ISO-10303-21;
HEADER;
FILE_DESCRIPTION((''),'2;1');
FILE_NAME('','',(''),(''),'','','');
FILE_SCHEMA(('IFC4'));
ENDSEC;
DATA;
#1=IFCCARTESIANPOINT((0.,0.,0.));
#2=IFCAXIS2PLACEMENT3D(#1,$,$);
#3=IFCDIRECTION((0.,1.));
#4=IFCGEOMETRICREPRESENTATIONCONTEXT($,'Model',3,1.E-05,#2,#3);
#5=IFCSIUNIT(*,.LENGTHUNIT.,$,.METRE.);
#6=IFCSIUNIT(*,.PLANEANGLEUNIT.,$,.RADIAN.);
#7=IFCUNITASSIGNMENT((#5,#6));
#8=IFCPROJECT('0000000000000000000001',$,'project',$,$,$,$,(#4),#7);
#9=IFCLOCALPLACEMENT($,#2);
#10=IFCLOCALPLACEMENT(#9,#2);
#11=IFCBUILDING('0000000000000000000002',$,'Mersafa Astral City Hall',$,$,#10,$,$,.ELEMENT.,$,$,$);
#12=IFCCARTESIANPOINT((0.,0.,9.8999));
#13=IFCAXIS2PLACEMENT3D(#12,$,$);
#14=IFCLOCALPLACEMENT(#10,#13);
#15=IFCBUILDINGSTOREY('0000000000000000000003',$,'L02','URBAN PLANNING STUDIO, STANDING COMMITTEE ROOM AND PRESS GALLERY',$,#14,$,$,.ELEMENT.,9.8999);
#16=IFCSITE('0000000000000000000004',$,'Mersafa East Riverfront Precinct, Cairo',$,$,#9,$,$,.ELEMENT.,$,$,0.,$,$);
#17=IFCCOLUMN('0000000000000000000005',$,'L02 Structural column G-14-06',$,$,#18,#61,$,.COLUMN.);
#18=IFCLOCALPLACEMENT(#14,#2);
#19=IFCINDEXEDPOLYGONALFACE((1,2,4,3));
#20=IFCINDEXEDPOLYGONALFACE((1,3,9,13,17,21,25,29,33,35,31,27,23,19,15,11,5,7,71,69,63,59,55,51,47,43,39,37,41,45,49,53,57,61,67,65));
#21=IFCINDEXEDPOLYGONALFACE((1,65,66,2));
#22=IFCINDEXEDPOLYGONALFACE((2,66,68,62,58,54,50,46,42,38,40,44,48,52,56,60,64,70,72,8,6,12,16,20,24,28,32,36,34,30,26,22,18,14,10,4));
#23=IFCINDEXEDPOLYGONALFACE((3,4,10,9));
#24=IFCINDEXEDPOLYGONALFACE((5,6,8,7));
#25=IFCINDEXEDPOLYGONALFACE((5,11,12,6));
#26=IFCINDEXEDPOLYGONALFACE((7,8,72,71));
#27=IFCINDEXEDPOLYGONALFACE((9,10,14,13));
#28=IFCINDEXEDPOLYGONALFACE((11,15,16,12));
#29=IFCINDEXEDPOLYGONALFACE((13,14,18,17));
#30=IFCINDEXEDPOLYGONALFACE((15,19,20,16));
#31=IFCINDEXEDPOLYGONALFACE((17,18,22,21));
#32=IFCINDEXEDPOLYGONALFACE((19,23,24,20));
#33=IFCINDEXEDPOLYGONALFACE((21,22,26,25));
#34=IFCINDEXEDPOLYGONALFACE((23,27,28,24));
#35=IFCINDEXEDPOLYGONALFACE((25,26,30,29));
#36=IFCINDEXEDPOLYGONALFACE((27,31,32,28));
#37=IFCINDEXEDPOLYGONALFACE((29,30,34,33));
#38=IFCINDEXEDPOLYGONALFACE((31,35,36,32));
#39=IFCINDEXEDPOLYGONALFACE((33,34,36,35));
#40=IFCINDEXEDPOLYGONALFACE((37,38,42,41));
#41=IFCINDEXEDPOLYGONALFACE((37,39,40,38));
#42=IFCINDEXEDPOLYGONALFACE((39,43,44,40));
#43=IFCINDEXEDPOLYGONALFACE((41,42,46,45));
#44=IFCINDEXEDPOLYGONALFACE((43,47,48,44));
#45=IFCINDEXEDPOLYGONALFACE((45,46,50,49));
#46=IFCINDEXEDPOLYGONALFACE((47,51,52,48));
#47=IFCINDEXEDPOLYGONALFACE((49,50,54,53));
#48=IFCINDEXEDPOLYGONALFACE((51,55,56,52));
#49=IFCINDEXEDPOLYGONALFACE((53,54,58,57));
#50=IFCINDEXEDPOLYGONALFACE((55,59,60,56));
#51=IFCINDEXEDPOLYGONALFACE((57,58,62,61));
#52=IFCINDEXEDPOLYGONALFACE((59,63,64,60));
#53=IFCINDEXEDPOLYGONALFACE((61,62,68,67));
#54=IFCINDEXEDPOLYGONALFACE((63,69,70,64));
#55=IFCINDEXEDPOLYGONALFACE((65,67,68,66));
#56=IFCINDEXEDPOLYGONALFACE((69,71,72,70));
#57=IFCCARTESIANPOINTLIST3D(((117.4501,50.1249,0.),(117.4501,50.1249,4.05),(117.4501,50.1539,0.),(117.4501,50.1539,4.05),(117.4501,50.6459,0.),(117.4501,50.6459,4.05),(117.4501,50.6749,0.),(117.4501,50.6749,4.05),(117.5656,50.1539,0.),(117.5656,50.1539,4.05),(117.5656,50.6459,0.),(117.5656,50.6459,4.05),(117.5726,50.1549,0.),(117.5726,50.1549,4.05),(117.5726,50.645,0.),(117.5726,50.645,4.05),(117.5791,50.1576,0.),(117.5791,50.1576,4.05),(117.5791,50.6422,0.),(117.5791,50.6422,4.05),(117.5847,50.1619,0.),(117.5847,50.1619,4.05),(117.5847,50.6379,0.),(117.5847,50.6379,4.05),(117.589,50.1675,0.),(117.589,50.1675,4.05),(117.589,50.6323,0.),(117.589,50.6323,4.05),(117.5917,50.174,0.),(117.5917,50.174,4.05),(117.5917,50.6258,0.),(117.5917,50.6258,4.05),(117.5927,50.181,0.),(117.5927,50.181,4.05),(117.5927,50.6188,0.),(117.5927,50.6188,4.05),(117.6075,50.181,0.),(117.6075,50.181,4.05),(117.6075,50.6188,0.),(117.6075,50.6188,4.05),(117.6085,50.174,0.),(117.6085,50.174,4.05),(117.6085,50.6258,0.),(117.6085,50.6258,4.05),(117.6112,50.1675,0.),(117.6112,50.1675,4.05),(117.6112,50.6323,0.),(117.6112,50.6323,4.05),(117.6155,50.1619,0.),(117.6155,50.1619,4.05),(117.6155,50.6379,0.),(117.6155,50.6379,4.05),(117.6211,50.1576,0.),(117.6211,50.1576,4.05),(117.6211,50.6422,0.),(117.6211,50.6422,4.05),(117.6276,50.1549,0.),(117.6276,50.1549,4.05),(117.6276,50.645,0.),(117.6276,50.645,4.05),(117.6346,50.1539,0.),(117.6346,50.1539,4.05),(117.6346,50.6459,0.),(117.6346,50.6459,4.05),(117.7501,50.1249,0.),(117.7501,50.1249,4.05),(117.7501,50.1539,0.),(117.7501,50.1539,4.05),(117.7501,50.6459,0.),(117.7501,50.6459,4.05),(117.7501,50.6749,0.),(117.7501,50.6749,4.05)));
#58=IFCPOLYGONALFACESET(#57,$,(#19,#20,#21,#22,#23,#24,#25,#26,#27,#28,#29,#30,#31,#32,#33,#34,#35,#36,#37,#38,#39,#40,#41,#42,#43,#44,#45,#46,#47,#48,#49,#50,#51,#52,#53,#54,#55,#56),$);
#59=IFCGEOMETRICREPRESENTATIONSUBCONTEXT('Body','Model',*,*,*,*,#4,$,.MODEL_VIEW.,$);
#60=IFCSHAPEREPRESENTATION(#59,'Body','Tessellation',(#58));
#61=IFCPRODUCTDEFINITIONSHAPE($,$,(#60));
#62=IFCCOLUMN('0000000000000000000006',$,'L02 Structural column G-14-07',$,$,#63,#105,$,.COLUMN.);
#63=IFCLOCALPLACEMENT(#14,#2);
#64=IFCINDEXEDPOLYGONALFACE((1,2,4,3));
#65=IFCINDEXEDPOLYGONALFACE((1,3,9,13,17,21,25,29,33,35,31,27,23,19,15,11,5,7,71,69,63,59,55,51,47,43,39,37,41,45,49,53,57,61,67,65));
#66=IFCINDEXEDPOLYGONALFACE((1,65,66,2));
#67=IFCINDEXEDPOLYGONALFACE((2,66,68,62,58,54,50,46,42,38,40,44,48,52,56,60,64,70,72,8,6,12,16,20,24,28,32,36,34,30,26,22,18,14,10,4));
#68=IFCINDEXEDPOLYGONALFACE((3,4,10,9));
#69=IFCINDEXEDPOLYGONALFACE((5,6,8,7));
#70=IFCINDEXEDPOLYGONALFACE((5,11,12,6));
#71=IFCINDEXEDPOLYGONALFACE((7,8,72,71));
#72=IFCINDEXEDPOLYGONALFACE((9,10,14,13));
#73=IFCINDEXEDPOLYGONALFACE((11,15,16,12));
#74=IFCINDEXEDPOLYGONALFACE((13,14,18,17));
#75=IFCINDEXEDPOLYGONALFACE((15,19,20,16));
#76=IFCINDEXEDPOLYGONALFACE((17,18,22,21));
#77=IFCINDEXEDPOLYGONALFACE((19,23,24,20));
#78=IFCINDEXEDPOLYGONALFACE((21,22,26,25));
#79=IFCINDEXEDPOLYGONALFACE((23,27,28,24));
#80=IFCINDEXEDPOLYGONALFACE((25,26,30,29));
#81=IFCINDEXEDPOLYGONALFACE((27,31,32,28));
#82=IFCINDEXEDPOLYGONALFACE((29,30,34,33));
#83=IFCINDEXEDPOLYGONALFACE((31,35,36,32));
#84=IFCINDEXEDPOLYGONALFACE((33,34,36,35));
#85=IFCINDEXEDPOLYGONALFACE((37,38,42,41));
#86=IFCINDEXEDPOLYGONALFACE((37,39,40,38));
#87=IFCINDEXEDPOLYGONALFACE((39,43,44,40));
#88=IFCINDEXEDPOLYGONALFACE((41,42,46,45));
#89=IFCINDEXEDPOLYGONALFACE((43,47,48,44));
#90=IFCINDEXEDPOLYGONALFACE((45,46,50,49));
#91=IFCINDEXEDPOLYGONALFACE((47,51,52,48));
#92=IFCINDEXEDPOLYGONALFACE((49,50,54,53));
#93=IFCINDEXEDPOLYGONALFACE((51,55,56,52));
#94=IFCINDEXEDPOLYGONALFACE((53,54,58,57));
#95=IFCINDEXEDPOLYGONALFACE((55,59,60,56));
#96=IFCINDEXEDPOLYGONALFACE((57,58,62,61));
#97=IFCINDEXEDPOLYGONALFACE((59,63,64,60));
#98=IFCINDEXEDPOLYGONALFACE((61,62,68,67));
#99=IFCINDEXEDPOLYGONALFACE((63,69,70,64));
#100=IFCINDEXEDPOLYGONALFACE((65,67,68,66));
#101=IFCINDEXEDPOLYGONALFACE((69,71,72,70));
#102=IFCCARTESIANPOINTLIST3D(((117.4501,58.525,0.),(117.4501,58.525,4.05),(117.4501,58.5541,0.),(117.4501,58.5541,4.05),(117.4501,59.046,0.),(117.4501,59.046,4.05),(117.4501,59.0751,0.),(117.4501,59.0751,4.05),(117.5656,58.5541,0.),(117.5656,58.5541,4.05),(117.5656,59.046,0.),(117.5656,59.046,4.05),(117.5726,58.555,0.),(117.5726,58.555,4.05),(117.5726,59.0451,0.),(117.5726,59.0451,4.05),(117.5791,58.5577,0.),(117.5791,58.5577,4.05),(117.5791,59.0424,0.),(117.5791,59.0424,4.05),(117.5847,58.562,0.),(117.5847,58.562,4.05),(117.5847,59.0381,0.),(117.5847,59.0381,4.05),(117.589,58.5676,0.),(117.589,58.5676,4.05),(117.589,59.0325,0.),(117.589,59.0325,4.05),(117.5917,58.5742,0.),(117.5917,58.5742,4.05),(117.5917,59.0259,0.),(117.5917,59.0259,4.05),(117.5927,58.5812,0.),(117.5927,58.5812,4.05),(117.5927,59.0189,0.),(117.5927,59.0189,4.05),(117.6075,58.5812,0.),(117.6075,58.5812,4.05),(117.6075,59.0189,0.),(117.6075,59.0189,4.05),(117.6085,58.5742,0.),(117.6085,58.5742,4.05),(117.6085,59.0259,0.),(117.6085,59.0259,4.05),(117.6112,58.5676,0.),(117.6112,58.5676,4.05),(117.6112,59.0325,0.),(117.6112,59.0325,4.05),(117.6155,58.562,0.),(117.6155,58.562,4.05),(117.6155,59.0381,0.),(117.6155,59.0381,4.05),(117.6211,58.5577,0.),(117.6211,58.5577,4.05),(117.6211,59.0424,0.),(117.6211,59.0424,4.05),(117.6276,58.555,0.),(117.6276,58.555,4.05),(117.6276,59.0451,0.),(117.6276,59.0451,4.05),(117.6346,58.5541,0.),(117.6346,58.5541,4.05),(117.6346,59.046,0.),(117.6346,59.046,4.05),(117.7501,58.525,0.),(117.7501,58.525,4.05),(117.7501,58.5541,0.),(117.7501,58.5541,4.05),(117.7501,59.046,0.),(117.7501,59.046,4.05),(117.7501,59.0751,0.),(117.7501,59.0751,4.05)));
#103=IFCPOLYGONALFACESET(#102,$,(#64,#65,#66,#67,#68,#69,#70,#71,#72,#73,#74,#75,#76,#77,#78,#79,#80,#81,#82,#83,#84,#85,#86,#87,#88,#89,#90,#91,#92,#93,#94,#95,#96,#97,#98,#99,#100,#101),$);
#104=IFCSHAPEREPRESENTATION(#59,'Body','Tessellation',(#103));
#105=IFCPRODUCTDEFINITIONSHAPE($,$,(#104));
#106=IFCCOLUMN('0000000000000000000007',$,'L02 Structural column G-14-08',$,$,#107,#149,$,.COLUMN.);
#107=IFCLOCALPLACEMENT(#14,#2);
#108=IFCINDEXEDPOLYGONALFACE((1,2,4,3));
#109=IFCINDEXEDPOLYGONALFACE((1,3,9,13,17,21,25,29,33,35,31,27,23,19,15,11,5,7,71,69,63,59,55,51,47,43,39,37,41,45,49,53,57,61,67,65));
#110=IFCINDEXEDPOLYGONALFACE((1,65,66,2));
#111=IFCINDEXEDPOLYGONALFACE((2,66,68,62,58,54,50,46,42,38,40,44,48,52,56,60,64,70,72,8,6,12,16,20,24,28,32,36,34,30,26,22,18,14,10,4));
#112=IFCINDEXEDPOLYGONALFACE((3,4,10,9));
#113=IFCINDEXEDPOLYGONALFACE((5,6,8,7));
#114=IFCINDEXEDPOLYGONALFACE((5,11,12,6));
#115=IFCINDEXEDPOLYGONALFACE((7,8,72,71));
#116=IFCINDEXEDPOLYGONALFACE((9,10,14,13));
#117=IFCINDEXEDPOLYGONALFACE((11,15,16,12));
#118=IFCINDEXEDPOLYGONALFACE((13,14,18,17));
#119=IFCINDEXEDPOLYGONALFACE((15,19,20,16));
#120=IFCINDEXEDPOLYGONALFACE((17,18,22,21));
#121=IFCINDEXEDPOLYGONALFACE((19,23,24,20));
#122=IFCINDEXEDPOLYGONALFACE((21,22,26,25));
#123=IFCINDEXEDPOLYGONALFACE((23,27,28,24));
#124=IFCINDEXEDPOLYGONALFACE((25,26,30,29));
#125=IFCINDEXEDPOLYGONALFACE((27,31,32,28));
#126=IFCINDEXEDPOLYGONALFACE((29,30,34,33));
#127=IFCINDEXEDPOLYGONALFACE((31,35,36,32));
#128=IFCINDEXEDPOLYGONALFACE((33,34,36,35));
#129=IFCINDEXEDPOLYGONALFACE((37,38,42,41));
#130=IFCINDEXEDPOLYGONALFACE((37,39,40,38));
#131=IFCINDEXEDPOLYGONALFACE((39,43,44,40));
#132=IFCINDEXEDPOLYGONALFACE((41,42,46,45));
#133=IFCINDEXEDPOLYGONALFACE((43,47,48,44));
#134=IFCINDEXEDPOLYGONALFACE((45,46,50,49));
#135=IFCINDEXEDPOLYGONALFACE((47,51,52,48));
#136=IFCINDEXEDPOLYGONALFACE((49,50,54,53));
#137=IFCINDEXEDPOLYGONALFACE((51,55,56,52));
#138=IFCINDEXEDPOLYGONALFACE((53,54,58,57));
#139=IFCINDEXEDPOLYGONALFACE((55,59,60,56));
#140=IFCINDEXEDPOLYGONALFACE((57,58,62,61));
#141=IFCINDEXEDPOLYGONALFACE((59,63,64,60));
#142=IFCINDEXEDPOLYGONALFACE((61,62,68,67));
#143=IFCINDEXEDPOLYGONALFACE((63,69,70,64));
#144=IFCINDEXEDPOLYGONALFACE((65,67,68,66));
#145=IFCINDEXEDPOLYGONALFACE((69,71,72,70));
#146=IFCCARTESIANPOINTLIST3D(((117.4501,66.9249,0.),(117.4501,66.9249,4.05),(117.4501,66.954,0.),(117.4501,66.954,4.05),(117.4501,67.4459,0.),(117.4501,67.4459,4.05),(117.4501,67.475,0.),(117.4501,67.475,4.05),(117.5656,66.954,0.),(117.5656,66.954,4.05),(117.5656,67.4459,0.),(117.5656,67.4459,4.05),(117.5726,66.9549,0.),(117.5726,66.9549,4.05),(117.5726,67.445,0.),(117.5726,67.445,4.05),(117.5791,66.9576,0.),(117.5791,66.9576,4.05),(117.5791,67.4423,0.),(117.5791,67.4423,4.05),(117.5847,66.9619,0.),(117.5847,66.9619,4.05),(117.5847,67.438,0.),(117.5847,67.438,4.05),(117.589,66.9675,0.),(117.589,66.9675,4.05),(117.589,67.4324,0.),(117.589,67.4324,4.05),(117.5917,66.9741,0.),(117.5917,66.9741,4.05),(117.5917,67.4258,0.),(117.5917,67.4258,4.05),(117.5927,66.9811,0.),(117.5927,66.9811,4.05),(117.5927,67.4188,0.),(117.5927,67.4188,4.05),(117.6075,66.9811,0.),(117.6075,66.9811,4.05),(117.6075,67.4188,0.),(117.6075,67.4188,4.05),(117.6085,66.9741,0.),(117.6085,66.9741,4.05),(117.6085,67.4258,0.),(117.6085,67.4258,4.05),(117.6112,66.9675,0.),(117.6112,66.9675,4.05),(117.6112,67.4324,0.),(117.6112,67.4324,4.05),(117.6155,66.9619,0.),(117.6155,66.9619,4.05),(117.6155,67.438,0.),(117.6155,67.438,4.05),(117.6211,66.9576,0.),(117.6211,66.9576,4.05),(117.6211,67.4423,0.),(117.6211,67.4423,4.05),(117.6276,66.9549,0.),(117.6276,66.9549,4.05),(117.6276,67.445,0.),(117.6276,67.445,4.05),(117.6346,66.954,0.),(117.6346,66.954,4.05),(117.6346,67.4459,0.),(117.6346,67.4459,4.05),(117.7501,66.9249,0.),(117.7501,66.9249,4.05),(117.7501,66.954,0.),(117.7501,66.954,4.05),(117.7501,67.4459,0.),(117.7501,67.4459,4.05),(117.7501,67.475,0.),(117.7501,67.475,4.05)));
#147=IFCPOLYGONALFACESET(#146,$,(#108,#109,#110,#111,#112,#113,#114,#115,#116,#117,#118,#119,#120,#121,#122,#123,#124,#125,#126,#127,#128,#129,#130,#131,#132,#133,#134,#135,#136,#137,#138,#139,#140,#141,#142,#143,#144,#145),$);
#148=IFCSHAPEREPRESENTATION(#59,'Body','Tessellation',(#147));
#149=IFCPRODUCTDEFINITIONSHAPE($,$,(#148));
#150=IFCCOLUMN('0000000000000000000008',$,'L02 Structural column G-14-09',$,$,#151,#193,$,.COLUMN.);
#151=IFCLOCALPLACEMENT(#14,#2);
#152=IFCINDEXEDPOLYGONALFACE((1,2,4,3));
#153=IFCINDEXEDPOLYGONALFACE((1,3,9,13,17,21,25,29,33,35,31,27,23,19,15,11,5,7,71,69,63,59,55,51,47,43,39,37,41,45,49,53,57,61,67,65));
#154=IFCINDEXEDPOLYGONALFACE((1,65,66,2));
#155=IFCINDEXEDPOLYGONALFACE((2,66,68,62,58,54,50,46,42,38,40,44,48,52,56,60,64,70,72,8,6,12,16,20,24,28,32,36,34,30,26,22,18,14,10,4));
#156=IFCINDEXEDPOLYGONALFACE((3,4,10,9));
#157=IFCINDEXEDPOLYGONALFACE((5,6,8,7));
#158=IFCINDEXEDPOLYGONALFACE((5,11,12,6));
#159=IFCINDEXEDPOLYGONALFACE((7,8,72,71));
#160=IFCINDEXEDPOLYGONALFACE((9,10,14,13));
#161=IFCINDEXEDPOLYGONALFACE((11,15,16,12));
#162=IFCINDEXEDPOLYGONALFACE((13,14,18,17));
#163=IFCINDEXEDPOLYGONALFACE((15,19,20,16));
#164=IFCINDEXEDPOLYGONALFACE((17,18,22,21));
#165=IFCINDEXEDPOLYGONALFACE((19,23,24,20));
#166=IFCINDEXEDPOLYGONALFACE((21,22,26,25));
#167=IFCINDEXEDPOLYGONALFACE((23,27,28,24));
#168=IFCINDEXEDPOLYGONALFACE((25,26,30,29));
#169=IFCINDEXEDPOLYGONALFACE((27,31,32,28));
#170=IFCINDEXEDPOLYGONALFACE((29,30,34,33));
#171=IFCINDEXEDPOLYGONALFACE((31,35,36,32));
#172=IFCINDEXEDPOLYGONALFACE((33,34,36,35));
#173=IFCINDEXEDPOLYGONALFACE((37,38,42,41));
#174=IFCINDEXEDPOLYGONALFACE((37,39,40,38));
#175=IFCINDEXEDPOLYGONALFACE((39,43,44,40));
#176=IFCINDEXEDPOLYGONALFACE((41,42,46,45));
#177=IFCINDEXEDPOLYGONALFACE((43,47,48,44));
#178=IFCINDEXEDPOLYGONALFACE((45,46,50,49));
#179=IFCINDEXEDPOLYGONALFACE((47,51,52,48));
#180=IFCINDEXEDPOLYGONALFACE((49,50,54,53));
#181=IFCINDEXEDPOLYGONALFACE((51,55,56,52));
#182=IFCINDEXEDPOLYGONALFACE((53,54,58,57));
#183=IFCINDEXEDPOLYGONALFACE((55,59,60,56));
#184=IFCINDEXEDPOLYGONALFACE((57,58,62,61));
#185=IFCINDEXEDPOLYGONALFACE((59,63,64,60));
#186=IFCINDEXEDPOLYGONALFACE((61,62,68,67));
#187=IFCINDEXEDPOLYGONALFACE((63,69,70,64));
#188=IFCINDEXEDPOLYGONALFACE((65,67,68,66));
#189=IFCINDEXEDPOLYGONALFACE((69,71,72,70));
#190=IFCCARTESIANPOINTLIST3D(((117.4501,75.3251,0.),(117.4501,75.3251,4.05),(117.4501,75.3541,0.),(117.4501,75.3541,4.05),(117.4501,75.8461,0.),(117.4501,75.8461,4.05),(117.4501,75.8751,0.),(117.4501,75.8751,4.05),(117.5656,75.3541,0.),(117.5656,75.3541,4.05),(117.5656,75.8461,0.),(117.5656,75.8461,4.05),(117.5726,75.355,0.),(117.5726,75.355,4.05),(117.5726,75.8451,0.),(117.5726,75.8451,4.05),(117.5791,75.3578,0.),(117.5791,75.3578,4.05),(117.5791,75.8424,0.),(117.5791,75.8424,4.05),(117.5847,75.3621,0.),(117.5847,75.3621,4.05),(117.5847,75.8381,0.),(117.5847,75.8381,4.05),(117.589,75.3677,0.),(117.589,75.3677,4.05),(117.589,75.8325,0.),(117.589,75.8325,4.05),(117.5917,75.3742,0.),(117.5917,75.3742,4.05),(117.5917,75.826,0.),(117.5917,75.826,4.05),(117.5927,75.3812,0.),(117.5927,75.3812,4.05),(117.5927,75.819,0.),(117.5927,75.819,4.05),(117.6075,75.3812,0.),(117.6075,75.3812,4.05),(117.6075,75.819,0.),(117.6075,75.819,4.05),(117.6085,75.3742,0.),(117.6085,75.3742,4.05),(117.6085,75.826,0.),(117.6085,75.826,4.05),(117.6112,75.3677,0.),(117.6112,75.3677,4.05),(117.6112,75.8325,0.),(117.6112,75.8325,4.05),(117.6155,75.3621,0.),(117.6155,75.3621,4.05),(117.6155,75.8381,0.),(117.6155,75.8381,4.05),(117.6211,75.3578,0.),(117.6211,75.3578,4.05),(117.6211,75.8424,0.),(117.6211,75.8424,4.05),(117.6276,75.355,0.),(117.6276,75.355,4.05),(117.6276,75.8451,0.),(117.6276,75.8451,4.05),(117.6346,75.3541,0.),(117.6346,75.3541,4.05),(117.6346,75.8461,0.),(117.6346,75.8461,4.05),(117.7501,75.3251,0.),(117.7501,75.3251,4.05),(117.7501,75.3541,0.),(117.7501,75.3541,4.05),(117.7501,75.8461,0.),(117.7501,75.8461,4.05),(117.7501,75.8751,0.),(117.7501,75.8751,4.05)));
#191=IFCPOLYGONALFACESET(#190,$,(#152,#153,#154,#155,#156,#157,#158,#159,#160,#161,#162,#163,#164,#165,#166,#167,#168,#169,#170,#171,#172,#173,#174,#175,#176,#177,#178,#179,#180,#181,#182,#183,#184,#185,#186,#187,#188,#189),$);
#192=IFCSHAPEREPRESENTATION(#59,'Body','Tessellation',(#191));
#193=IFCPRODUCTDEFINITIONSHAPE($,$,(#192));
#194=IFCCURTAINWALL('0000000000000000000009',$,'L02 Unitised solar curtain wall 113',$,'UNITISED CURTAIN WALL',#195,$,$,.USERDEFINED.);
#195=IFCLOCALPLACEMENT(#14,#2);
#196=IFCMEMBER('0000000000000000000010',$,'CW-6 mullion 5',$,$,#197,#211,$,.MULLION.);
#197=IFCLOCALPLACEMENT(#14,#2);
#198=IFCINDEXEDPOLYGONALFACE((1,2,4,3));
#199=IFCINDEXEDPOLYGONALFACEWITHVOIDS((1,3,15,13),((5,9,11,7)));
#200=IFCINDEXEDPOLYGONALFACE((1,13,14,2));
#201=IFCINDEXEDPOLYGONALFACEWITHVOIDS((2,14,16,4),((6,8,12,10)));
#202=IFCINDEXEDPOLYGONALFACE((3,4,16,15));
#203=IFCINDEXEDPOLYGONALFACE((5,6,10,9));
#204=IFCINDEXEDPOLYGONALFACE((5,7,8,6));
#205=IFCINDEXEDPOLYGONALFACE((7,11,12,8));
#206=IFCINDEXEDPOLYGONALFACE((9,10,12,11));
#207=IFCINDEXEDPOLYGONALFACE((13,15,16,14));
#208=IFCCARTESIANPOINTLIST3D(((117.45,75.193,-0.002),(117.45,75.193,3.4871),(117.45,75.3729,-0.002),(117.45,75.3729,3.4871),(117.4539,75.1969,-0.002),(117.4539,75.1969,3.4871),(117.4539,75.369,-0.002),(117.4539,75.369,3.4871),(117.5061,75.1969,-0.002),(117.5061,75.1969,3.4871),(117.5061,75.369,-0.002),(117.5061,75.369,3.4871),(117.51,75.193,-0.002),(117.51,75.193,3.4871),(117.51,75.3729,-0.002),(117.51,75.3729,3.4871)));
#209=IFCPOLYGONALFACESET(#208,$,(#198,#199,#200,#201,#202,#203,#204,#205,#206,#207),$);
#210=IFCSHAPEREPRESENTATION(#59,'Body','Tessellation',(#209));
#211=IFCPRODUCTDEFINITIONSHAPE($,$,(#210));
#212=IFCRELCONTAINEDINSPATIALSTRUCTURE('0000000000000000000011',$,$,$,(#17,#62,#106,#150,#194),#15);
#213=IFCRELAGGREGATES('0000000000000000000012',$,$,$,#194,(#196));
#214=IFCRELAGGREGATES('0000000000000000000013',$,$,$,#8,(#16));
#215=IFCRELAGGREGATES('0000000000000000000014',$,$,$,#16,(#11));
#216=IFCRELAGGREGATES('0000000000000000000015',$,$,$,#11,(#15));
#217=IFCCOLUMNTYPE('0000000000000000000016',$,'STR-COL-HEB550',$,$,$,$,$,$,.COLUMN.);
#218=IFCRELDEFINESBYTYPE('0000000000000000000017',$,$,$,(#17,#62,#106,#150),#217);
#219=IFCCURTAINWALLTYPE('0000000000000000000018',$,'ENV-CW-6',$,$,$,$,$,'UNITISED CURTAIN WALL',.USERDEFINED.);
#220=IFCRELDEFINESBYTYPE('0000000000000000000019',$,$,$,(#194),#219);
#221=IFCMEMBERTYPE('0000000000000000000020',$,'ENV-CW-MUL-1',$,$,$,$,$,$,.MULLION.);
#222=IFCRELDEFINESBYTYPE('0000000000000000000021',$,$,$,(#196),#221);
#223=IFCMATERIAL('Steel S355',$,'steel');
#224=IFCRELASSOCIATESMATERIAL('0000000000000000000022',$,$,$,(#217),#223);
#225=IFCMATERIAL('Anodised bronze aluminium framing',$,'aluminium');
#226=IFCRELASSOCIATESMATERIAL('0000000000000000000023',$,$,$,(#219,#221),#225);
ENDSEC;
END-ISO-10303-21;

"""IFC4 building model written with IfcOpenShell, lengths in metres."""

from ifc_helpers import new_model, si_unit, direction, frame, origin, origin_2d, place, context, subcontext, project, spatial, hollow_rectangle, i_section, extrude, material, material_profile, profile_set, type_object, element, aggregate, save


model = new_model("IFC4")

# Units and contexts
model_context = context("Model", 3, precision=1e-05, world=origin(), true_north=direction((0.0, 1.0)))
body_context = subcontext(model_context, "Body", "Model", "MODEL_VIEW")
ifc_project = project(units=[si_unit("LENGTHUNIT", "METRE"), si_unit("PLANEANGLEUNIT", "RADIAN")], contexts=[model_context])

# Site, building, storey
site_placement = place(None, origin())
site = spatial("IfcSite", under=ifc_project, at=site_placement, Name="Mersafa East Riverfront Precinct, Cairo", CompositionType="ELEMENT", RefElevation=0.0)
building_placement = place(site_placement, origin())
building = spatial("IfcBuilding", under=site, at=building_placement, Name="Mersafa Astral City Hall", CompositionType="ELEMENT")
storey_placement = place(building_placement, frame((0.0, 0.0, 9.8999)))
storey = spatial("IfcBuildingStorey", under=building, at=storey_placement, Name="L02", Description="URBAN PLANNING STUDIO, STANDING COMMITTEE ROOM AND PRESS GALLERY", CompositionType="ELEMENT", Elevation=9.8999)

# Columns
ifc_material_1 = material(Name="Steel S355", Category="steel")
ifc_material_profile_1 = material_profile(ifc_material_1, i_section(OverallWidth=0.3, OverallDepth=0.55, WebThickness=0.0149, FlangeThickness=0.0291, FilletRadius=0.0271, at=origin_2d()), Name="HEB 550")
ifc_profile_set_1 = profile_set([ifc_material_profile_1], Name="Steel S355")
column_type = type_object("IfcColumnType", Name="STR-COL-HEB550", PredefinedType="COLUMN", material=ifc_profile_set_1)
for number, where, z_axis, x_axis, name in (
    (1, (117.6001, 50.3999, 0.0), (0.0, 0.0, 1.0), (1.0, 0.0, 0.0), "L02 Structural column G-14-06"),
    (2, (117.6001, 58.8, 0.0), (0.0, 0.0, 1.0), (1.0, 0.0, 0.0), "L02 Structural column G-14-07"),
    (3, (117.6001, 67.2, 0.0), (0.0, 0.0, 1.0), (1.0, 0.0, 0.0), "L02 Structural column G-14-08"),
    (4, (117.6001, 75.6001, 0.0), (0.0, 0.0, 1.0), (1.0, 0.0, 0.0), "L02 Structural column G-14-09"),
):
    element("IfcColumn", number, at=place(storey_placement, frame(where, z_axis=z_axis, x_axis=x_axis)), inside=storey, type_object=column_type, Name=name, PredefinedType="COLUMN", context=body_context, shape_type="SweptSolid", body=[
        extrude(i_section(OverallWidth=0.3, OverallDepth=0.55, WebThickness=0.0149, FlangeThickness=0.0291, FilletRadius=0.0271, at=origin_2d()), origin(), (0.0, 0.0, 1.0), 4.05),
    ])

# Curtain wall, member
ifc_material_2 = material(Name="Anodised bronze aluminium framing", Category="aluminium")
curtain_wall_type_1 = type_object("IfcCurtainWallType", Name="ENV-CW-6", ElementType="UNITISED CURTAIN WALL", PredefinedType="USERDEFINED", material=ifc_material_2)
curtain_wall_1_placement = place(storey_placement, origin())
curtain_wall_1 = element("IfcCurtainWall", 5, at=curtain_wall_1_placement, inside=storey, type_object=curtain_wall_type_1, Name="L02 Unitised solar curtain wall 113", ObjectType="UNITISED CURTAIN WALL", PredefinedType="USERDEFINED")
ifc_material_profile_2 = material_profile(ifc_material_2, hollow_rectangle(XDim=0.0601, YDim=0.1799, WallThickness=0.0039, at=origin_2d()), Name="RHS 60x180x4")
ifc_profile_set_2 = profile_set([ifc_material_profile_2], Name="Anodised bronze aluminium framing")
member_type_1 = type_object("IfcMemberType", Name="ENV-CW-MUL-1", PredefinedType="MULLION", material=ifc_profile_set_2)
member_1_placement = place(storey_placement, frame((117.48, 75.283, -0.002), z_axis=(0.0, 0.0, 1.0), x_axis=(-1.0, 0.0, 0.0)))
member_1 = element("IfcMember", 6, at=member_1_placement, type_object=member_type_1, Name="CW-6 mullion 5", PredefinedType="MULLION", context=body_context, shape_type="SweptSolid", body=[
    extrude(hollow_rectangle(XDim=0.0601, YDim=0.1799, WallThickness=0.0039, at=origin_2d()), origin(), (0.0, 0.0, 1.0), 3.489),
])
aggregate(curtain_wall_1, [member_1])

save(model, "model.ifc")
